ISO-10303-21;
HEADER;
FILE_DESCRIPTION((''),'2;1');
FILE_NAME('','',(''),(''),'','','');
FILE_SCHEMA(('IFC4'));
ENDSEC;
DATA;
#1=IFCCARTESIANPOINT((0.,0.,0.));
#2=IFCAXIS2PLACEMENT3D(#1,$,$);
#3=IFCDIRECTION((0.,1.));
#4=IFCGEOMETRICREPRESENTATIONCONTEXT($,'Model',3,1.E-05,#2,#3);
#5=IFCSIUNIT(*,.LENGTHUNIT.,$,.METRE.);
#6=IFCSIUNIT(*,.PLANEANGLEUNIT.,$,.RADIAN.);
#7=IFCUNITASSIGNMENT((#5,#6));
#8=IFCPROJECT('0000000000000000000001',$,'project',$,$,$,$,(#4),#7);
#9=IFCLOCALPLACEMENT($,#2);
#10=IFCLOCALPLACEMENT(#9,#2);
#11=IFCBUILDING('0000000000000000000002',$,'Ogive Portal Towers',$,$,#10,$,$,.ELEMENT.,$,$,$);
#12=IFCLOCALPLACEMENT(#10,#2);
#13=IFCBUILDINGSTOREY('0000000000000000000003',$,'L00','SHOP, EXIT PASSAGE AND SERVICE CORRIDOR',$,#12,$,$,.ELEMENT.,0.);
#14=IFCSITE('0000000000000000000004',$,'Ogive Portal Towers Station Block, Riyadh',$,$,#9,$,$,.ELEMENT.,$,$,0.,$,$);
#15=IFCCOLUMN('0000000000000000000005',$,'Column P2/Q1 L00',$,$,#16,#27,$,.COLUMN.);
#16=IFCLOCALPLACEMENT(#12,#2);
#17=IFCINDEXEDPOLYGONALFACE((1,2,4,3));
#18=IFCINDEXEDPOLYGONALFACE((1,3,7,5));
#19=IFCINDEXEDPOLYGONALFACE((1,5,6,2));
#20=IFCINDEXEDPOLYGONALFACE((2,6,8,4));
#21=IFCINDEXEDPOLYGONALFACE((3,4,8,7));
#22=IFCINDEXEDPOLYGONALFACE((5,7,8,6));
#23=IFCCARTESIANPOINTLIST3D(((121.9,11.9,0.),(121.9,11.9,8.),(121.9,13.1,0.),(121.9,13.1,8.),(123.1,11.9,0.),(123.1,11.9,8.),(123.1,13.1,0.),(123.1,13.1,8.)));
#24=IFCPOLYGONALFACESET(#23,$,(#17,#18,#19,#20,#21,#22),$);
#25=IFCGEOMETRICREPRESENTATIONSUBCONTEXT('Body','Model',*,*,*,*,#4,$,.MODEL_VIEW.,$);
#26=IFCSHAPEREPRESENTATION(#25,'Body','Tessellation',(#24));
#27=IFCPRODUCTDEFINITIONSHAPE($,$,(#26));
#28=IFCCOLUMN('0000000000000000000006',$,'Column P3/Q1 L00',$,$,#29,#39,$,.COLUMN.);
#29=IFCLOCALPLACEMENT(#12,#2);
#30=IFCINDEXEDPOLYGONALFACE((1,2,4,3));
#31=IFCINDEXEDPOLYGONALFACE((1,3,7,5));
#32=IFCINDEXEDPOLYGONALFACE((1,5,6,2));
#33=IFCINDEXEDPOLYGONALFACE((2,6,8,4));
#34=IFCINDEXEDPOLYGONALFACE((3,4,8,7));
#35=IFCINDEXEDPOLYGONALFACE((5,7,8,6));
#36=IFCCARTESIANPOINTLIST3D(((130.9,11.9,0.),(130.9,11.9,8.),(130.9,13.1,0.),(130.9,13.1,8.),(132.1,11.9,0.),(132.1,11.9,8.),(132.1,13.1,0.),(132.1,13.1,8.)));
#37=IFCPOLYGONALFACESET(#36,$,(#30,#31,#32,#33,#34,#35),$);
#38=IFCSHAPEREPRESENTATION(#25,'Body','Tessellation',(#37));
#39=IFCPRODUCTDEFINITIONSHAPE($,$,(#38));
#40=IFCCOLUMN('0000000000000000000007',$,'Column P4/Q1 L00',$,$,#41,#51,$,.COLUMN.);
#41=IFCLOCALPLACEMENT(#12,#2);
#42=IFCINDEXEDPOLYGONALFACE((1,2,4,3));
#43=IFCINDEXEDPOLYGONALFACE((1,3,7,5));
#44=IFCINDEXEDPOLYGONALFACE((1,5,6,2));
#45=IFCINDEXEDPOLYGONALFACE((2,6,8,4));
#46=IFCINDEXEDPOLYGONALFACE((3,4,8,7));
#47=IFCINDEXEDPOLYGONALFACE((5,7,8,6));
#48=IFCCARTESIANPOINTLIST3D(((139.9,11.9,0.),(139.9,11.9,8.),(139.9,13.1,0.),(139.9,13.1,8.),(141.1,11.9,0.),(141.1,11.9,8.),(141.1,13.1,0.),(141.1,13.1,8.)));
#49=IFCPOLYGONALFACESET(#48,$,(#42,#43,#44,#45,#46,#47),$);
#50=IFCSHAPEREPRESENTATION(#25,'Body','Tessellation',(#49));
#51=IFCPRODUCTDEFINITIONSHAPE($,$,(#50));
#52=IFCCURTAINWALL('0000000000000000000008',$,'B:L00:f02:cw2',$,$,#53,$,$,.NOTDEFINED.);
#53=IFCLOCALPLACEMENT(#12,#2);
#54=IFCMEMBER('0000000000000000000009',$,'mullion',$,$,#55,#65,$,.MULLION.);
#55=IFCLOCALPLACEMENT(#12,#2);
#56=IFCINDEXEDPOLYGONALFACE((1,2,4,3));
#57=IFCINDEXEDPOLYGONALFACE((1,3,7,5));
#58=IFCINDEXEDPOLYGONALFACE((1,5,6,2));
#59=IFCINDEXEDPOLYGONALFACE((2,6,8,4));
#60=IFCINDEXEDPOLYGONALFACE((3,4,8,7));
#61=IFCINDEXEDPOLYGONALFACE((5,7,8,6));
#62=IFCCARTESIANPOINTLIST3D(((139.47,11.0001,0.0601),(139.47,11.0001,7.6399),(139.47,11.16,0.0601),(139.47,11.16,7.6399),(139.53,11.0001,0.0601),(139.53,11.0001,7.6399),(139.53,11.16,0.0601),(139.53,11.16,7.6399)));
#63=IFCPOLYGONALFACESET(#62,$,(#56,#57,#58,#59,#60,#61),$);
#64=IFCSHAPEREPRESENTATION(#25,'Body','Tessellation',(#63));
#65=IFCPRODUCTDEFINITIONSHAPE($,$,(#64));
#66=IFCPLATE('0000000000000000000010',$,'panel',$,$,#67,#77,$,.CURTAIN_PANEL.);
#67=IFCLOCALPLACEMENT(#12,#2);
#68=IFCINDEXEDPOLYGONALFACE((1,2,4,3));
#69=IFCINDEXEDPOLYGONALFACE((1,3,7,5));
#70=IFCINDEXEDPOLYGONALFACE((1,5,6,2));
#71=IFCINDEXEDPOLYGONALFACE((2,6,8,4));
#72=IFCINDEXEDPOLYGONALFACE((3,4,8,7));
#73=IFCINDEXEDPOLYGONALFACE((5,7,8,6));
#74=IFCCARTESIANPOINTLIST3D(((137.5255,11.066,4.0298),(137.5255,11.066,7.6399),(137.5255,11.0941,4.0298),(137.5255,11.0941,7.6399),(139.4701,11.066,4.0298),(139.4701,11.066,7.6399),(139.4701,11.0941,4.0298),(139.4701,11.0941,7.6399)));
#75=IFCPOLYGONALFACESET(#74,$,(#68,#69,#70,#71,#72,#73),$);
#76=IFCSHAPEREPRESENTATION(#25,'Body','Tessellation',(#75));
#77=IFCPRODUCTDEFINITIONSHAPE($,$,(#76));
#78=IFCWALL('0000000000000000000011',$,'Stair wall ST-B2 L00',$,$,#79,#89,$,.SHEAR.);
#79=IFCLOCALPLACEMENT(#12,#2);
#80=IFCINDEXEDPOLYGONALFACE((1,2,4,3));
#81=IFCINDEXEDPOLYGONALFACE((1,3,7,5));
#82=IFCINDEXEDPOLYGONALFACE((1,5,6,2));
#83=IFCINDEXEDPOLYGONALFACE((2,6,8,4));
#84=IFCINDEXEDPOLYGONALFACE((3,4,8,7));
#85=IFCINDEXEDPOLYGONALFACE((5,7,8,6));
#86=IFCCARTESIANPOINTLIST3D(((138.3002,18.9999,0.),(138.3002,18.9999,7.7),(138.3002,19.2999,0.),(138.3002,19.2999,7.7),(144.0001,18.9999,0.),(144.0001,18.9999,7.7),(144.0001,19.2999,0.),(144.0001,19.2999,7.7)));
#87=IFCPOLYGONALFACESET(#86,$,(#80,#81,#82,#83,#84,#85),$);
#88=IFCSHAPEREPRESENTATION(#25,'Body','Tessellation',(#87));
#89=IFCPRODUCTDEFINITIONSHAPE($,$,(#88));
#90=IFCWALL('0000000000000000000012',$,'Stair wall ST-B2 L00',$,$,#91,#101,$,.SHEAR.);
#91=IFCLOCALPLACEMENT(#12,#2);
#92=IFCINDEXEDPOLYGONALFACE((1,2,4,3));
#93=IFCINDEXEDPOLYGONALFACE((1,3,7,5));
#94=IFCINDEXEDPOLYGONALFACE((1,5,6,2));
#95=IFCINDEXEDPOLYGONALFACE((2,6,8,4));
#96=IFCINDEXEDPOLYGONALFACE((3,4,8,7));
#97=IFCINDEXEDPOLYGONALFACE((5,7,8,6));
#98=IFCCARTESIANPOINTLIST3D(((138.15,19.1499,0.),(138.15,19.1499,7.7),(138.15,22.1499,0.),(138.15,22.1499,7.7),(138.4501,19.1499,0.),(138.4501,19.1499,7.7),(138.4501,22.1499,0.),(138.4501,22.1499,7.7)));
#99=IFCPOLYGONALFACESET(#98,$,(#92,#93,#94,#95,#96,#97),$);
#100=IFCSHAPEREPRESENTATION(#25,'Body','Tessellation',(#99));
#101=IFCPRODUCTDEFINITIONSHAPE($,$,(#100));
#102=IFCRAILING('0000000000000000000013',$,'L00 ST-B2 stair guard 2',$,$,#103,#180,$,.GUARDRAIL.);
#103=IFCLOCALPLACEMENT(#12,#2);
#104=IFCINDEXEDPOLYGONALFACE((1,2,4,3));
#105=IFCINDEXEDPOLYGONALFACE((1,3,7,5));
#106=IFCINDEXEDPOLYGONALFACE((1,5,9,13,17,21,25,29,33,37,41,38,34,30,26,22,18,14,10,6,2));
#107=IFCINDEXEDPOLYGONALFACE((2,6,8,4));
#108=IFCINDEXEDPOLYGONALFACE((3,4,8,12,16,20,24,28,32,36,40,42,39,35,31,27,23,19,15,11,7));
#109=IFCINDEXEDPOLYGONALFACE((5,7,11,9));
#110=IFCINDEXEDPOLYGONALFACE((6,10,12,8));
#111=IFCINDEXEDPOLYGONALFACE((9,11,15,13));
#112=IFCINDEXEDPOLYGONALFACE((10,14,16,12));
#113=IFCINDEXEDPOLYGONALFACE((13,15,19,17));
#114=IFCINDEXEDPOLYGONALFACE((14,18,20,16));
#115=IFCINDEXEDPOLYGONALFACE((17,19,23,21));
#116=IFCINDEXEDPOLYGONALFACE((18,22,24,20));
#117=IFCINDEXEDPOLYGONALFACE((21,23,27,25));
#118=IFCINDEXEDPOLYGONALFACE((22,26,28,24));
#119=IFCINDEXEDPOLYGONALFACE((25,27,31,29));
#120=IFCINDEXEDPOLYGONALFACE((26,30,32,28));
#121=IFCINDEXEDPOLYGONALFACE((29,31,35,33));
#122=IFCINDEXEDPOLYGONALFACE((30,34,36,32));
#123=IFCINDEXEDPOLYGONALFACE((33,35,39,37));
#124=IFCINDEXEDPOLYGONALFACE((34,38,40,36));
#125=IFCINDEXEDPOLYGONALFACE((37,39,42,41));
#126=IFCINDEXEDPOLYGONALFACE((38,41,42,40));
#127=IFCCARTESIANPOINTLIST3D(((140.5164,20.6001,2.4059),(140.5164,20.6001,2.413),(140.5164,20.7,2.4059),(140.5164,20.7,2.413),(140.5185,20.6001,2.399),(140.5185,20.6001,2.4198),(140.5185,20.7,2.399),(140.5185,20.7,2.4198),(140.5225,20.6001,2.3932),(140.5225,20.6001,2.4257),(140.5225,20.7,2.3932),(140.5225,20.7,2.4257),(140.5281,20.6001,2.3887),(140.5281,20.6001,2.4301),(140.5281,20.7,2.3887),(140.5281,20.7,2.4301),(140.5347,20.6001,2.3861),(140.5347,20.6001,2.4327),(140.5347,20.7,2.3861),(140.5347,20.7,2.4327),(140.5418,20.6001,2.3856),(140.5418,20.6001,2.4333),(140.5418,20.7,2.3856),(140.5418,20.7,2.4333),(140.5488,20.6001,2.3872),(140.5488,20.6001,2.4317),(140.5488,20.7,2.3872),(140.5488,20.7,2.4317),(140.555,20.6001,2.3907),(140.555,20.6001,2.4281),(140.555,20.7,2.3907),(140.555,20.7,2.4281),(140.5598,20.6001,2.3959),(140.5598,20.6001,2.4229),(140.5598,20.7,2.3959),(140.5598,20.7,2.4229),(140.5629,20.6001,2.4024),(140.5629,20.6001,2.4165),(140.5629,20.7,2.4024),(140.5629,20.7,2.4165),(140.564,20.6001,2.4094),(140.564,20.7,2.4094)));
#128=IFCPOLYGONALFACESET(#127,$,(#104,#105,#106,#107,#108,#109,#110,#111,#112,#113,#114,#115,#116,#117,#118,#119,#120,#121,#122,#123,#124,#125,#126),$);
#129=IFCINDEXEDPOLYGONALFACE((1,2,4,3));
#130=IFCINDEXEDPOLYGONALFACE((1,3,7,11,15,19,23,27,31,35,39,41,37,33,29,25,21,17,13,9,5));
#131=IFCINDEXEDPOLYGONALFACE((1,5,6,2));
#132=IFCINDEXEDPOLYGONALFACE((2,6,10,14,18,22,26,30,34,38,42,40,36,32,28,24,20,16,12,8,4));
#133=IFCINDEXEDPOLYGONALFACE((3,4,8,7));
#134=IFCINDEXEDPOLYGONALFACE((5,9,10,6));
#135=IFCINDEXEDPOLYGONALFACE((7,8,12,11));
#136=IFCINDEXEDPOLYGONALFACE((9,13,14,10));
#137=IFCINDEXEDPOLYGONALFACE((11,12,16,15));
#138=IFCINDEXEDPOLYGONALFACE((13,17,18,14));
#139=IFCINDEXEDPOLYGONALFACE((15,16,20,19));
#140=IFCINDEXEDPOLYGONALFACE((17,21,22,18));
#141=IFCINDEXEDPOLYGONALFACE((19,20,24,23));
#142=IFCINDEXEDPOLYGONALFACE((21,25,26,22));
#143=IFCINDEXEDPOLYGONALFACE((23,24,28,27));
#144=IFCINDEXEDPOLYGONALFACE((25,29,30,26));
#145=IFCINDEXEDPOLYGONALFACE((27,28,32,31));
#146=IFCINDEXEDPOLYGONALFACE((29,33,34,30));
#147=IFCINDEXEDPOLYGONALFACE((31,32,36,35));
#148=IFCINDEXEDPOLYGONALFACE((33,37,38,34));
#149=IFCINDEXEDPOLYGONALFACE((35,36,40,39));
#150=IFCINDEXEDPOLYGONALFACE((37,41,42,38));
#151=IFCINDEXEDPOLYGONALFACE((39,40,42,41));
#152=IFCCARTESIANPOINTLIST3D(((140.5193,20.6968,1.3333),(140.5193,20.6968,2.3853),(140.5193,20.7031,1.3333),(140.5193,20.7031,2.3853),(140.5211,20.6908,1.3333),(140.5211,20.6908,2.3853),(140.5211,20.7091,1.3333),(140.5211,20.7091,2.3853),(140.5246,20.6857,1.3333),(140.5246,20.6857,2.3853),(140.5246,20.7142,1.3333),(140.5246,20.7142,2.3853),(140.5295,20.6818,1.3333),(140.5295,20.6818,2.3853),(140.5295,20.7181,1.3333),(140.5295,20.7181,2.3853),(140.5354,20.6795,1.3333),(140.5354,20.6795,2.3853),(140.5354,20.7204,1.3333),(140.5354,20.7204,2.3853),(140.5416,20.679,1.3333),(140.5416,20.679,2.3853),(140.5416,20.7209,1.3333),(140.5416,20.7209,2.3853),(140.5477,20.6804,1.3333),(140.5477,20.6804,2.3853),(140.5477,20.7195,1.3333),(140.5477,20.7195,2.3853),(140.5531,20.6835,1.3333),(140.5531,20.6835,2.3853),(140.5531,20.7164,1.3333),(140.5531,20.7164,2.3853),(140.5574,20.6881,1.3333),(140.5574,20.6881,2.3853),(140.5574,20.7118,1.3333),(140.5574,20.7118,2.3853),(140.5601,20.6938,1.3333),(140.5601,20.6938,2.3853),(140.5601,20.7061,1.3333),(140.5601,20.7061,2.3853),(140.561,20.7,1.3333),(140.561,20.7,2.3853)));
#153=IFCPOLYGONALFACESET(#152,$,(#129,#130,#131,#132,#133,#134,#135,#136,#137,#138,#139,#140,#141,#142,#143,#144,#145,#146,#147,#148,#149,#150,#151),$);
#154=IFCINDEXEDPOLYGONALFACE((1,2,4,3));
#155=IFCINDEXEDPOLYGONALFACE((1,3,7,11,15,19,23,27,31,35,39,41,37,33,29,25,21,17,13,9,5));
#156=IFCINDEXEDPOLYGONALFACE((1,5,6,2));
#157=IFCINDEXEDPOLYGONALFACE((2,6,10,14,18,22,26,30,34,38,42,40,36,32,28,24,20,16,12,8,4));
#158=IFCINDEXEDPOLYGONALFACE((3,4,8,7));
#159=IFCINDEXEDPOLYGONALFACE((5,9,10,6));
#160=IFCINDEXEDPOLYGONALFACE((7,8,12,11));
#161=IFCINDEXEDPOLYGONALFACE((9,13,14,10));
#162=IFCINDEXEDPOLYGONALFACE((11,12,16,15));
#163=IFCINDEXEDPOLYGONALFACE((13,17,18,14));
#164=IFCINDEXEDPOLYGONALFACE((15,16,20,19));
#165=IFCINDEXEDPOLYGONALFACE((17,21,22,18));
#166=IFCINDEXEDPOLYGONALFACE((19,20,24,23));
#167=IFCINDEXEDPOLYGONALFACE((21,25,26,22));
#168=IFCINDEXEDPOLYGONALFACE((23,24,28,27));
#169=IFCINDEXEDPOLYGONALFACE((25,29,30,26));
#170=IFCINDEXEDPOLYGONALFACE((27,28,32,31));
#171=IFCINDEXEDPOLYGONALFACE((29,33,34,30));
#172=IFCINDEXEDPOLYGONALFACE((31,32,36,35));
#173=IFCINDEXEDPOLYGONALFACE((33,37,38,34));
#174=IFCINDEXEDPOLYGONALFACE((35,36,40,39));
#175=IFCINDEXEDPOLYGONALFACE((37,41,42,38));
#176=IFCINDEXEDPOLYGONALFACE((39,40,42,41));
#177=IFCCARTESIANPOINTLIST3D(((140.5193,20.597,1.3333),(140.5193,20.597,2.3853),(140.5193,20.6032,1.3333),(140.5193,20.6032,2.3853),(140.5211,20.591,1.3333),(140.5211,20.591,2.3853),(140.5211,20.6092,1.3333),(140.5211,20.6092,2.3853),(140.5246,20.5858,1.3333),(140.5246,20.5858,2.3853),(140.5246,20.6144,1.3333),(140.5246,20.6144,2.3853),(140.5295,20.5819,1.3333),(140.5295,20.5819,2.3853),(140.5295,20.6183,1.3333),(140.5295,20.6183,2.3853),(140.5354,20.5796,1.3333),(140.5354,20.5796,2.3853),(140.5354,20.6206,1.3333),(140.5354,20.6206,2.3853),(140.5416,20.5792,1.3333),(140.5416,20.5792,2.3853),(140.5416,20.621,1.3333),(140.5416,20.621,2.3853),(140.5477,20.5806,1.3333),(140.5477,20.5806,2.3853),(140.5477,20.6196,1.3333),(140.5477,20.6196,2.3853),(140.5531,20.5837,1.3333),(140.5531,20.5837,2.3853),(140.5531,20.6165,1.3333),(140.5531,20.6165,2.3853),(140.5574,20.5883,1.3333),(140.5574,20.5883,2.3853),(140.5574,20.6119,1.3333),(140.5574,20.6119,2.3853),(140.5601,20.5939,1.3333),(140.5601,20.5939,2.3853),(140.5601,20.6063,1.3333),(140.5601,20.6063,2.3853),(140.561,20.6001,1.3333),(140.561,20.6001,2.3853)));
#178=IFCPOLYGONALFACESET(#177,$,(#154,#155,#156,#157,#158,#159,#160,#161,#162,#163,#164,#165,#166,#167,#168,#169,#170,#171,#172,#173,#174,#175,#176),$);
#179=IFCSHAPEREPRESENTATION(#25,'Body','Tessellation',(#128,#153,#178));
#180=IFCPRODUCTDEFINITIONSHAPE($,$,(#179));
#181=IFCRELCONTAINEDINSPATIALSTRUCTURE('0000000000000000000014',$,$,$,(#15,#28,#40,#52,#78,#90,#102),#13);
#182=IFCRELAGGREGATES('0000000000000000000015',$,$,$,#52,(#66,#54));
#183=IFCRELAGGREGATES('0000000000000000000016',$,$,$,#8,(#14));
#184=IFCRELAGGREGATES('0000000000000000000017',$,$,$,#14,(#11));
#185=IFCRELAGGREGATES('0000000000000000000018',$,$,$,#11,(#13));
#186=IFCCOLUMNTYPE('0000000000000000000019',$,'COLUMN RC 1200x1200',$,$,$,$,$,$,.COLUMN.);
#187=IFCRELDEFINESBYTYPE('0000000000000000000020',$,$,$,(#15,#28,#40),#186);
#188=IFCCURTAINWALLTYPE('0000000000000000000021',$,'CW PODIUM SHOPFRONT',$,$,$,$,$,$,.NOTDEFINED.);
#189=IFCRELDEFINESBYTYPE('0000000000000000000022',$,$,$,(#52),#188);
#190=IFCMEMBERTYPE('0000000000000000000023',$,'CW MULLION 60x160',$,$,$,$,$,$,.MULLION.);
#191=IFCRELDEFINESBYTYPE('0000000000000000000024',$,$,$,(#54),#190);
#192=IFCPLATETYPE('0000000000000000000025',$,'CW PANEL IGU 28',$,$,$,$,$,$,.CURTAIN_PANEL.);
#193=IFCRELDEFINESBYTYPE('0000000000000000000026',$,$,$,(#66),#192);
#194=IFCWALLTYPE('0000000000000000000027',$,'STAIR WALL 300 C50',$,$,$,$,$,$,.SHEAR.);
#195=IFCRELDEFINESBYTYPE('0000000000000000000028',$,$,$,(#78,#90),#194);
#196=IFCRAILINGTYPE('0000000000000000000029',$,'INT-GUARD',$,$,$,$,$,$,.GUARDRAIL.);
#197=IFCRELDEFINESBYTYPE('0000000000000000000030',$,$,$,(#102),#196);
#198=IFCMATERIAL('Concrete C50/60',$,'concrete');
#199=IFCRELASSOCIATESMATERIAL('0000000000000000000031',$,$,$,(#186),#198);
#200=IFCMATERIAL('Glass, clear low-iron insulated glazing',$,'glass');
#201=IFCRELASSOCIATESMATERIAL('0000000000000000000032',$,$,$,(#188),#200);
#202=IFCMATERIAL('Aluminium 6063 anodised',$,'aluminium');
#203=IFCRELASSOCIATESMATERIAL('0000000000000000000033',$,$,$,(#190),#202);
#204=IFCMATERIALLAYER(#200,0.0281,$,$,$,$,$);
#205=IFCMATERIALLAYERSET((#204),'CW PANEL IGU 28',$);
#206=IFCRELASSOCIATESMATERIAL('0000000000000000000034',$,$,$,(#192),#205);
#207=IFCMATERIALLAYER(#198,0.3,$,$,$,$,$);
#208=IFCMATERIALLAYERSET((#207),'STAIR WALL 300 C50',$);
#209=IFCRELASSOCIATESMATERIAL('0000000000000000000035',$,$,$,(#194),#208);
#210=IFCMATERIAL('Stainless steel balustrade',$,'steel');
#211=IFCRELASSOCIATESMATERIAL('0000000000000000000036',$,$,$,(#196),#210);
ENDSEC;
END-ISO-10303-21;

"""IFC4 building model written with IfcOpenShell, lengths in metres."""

from ifc_helpers import new_model, si_unit, direction, frame, frame_2d, origin, origin_2d, place, context, subcontext, project, spatial, rectangle, circle, extrude, material, layer, layer_set, material_profile, profile_set, type_object, element, aggregate, save


model = new_model("IFC4")

# Units and contexts
model_context = context("Model", 3, precision=1e-05, world=origin(), true_north=direction((0.0, 1.0)))
body_context = subcontext(model_context, "Body", "Model", "MODEL_VIEW")
ifc_project = project(units=[si_unit("LENGTHUNIT", "METRE"), si_unit("PLANEANGLEUNIT", "RADIAN")], contexts=[model_context])

# Site, building, storey
site_placement = place(None, origin())
site = spatial("IfcSite", under=ifc_project, at=site_placement, Name="Ogive Portal Towers Station Block, Riyadh", CompositionType="ELEMENT", RefElevation=0.0)
building_placement = place(site_placement, origin())
building = spatial("IfcBuilding", under=site, at=building_placement, Name="Ogive Portal Towers", CompositionType="ELEMENT")
storey_placement = place(building_placement, origin())
storey = spatial("IfcBuildingStorey", under=building, at=storey_placement, Name="L00", Description="SHOP, EXIT PASSAGE AND SERVICE CORRIDOR", CompositionType="ELEMENT", Elevation=0.0)

# Columns
ifc_material_1 = material(Name="Concrete C50/60", Category="concrete")
ifc_material_profile_1 = material_profile(ifc_material_1, rectangle(XDim=1.2, YDim=1.2, at=origin_2d()), Name="RC 1200x1200")
ifc_profile_set_1 = profile_set([ifc_material_profile_1], Name="Concrete C50/60")
column_type = type_object("IfcColumnType", Name="COLUMN RC 1200x1200", PredefinedType="COLUMN", material=ifc_profile_set_1)
for number, where, z_axis, x_axis, name in (
    (1, (122.5, 12.5, 0.0), (0.0, 0.0, 1.0), (1.0, 0.0, 0.0), "Column P2/Q1 L00"),
    (2, (131.5, 12.5, 0.0), (0.0, 0.0, 1.0), (1.0, 0.0, 0.0), "Column P3/Q1 L00"),
    (3, (140.5, 12.5, 0.0), (0.0, 0.0, 1.0), (1.0, 0.0, 0.0), "Column P4/Q1 L00"),
):
    element("IfcColumn", number, at=place(storey_placement, frame(where, z_axis=z_axis, x_axis=x_axis)), inside=storey, type_object=column_type, Name=name, PredefinedType="COLUMN", context=body_context, shape_type="SweptSolid", body=[
        extrude(rectangle(XDim=1.2, YDim=1.2, at=origin_2d()), origin(), (0.0, 0.0, 1.0), 8.0),
    ])

# Curtain wall, member, plate
ifc_material_2 = material(Name="Glass, clear low-iron insulated glazing", Category="glass")
curtain_wall_type = type_object("IfcCurtainWallType", Name="CW PODIUM SHOPFRONT", PredefinedType="NOTDEFINED", material=ifc_material_2)
curtain_wall_placement = place(storey_placement, origin())
curtain_wall = element("IfcCurtainWall", 4, at=curtain_wall_placement, inside=storey, type_object=curtain_wall_type, Name="B:L00:f02:cw2", PredefinedType="NOTDEFINED")
ifc_material_3 = material(Name="Aluminium 6063 anodised", Category="aluminium")
ifc_material_profile_2 = material_profile(ifc_material_3, rectangle(XDim=0.1599, YDim=0.0601, at=origin_2d()), Name="AL 60x160")
ifc_profile_set_2 = profile_set([ifc_material_profile_2], Name="Aluminium 6063 anodised")
member_type = type_object("IfcMemberType", Name="CW MULLION 60x160", PredefinedType="MULLION", material=ifc_profile_set_2)
member_placement = place(storey_placement, frame((139.5, 11.0801, 0.0601), z_axis=(0.0, 0.0, 1.0), x_axis=(0.0, 1.0, 0.0)))
member = element("IfcMember", 5, at=member_placement, type_object=member_type, Name="mullion", PredefinedType="MULLION", context=body_context, shape_type="SweptSolid", body=[
    extrude(rectangle(XDim=0.1599, YDim=0.0601, at=origin_2d()), origin(), (0.0, 0.0, 1.0), 7.5798),
])
ifc_layer_1 = layer(ifc_material_2, 0.0281)
ifc_layer_set_1 = layer_set([ifc_layer_1], Name="CW PANEL IGU 28")
plate_type = type_object("IfcPlateType", Name="CW PANEL IGU 28", PredefinedType="CURTAIN_PANEL", material=ifc_layer_set_1)
plate_placement = place(storey_placement, frame((138.4978, 11.0801, 4.0298), z_axis=(0.0, 0.0, 1.0), x_axis=(1.0, 0.0, 0.0)))
plate = element("IfcPlate", 6, at=plate_placement, type_object=plate_type, Name="panel", PredefinedType="CURTAIN_PANEL", context=body_context, shape_type="SweptSolid", body=[
    extrude(rectangle(XDim=1.9446, YDim=0.0281, at=origin_2d()), origin(), (0.0, 0.0, 1.0), 3.6101),
])
aggregate(curtain_wall, [plate, member])

# Walls
ifc_layer_2 = layer(ifc_material_1, 0.3)
ifc_layer_set_2 = layer_set([ifc_layer_2], Name="STAIR WALL 300 C50")
wall_type_1 = type_object("IfcWallType", Name="STAIR WALL 300 C50", PredefinedType="SHEAR", material=ifc_layer_set_2)
wall_1_placement = place(storey_placement, frame((138.3, 19.1499, 0.0), z_axis=(0.0, 0.0, 1.0), x_axis=(1.0, 0.0, 0.0)))
element("IfcWall", 7, at=wall_1_placement, inside=storey, type_object=wall_type_1, Name="Stair wall ST-B2 L00", PredefinedType="SHEAR", context=body_context, shape_type="SweptSolid", body=[
    extrude(rectangle(XDim=5.7, YDim=0.3, at=frame_2d((2.8501, 0.0))), origin(), (0.0, 0.0, 1.0), 7.7),
])
wall_2_placement = place(storey_placement, frame((138.3, 19.1499, 0.0), z_axis=(0.0, 0.0, 1.0), x_axis=(0.0, 1.0, 0.0)))
element("IfcWall", 8, at=wall_2_placement, inside=storey, type_object=wall_type_1, Name="Stair wall ST-B2 L00", PredefinedType="SHEAR", context=body_context, shape_type="SweptSolid", body=[
    extrude(rectangle(XDim=3.0, YDim=0.3, at=frame_2d((1.5, 0.0))), origin(), (0.0, 0.0, 1.0), 7.7),
])

# Railing
ifc_material_4 = material(Name="Stainless steel balustrade", Category="steel")
railing_type_1 = type_object("IfcRailingType", Name="INT-GUARD", PredefinedType="GUARDRAIL", material=ifc_material_4)
for number, where, name in (
    (9, (140.54, 20.7, 1.3333), "L00 ST-B2 stair guard 2"),
):
    element("IfcRailing", number, at=place(storey_placement, frame(where)), inside=storey, type_object=railing_type_1, Name=name, PredefinedType="GUARDRAIL", context=body_context, shape_type="SweptSolid", body=[
        extrude(circle(Radius=0.0239, at=origin_2d()), frame((0.0, 0.0, 1.0762), z_axis=(0.0, -1.0, 0.0), x_axis=(1.0, 0.0, 0.0)), (0.0, 0.0, 1.0), 0.0999),
        extrude(circle(Radius=0.021, at=origin_2d()), origin(), (0.0, 0.0, 1.0), 1.052),
        extrude(circle(Radius=0.021, at=origin_2d()), frame((0.0, -0.0999, 0.0)), (0.0, 0.0, 1.0), 1.052),
    ])

save(model, "model.ifc")
